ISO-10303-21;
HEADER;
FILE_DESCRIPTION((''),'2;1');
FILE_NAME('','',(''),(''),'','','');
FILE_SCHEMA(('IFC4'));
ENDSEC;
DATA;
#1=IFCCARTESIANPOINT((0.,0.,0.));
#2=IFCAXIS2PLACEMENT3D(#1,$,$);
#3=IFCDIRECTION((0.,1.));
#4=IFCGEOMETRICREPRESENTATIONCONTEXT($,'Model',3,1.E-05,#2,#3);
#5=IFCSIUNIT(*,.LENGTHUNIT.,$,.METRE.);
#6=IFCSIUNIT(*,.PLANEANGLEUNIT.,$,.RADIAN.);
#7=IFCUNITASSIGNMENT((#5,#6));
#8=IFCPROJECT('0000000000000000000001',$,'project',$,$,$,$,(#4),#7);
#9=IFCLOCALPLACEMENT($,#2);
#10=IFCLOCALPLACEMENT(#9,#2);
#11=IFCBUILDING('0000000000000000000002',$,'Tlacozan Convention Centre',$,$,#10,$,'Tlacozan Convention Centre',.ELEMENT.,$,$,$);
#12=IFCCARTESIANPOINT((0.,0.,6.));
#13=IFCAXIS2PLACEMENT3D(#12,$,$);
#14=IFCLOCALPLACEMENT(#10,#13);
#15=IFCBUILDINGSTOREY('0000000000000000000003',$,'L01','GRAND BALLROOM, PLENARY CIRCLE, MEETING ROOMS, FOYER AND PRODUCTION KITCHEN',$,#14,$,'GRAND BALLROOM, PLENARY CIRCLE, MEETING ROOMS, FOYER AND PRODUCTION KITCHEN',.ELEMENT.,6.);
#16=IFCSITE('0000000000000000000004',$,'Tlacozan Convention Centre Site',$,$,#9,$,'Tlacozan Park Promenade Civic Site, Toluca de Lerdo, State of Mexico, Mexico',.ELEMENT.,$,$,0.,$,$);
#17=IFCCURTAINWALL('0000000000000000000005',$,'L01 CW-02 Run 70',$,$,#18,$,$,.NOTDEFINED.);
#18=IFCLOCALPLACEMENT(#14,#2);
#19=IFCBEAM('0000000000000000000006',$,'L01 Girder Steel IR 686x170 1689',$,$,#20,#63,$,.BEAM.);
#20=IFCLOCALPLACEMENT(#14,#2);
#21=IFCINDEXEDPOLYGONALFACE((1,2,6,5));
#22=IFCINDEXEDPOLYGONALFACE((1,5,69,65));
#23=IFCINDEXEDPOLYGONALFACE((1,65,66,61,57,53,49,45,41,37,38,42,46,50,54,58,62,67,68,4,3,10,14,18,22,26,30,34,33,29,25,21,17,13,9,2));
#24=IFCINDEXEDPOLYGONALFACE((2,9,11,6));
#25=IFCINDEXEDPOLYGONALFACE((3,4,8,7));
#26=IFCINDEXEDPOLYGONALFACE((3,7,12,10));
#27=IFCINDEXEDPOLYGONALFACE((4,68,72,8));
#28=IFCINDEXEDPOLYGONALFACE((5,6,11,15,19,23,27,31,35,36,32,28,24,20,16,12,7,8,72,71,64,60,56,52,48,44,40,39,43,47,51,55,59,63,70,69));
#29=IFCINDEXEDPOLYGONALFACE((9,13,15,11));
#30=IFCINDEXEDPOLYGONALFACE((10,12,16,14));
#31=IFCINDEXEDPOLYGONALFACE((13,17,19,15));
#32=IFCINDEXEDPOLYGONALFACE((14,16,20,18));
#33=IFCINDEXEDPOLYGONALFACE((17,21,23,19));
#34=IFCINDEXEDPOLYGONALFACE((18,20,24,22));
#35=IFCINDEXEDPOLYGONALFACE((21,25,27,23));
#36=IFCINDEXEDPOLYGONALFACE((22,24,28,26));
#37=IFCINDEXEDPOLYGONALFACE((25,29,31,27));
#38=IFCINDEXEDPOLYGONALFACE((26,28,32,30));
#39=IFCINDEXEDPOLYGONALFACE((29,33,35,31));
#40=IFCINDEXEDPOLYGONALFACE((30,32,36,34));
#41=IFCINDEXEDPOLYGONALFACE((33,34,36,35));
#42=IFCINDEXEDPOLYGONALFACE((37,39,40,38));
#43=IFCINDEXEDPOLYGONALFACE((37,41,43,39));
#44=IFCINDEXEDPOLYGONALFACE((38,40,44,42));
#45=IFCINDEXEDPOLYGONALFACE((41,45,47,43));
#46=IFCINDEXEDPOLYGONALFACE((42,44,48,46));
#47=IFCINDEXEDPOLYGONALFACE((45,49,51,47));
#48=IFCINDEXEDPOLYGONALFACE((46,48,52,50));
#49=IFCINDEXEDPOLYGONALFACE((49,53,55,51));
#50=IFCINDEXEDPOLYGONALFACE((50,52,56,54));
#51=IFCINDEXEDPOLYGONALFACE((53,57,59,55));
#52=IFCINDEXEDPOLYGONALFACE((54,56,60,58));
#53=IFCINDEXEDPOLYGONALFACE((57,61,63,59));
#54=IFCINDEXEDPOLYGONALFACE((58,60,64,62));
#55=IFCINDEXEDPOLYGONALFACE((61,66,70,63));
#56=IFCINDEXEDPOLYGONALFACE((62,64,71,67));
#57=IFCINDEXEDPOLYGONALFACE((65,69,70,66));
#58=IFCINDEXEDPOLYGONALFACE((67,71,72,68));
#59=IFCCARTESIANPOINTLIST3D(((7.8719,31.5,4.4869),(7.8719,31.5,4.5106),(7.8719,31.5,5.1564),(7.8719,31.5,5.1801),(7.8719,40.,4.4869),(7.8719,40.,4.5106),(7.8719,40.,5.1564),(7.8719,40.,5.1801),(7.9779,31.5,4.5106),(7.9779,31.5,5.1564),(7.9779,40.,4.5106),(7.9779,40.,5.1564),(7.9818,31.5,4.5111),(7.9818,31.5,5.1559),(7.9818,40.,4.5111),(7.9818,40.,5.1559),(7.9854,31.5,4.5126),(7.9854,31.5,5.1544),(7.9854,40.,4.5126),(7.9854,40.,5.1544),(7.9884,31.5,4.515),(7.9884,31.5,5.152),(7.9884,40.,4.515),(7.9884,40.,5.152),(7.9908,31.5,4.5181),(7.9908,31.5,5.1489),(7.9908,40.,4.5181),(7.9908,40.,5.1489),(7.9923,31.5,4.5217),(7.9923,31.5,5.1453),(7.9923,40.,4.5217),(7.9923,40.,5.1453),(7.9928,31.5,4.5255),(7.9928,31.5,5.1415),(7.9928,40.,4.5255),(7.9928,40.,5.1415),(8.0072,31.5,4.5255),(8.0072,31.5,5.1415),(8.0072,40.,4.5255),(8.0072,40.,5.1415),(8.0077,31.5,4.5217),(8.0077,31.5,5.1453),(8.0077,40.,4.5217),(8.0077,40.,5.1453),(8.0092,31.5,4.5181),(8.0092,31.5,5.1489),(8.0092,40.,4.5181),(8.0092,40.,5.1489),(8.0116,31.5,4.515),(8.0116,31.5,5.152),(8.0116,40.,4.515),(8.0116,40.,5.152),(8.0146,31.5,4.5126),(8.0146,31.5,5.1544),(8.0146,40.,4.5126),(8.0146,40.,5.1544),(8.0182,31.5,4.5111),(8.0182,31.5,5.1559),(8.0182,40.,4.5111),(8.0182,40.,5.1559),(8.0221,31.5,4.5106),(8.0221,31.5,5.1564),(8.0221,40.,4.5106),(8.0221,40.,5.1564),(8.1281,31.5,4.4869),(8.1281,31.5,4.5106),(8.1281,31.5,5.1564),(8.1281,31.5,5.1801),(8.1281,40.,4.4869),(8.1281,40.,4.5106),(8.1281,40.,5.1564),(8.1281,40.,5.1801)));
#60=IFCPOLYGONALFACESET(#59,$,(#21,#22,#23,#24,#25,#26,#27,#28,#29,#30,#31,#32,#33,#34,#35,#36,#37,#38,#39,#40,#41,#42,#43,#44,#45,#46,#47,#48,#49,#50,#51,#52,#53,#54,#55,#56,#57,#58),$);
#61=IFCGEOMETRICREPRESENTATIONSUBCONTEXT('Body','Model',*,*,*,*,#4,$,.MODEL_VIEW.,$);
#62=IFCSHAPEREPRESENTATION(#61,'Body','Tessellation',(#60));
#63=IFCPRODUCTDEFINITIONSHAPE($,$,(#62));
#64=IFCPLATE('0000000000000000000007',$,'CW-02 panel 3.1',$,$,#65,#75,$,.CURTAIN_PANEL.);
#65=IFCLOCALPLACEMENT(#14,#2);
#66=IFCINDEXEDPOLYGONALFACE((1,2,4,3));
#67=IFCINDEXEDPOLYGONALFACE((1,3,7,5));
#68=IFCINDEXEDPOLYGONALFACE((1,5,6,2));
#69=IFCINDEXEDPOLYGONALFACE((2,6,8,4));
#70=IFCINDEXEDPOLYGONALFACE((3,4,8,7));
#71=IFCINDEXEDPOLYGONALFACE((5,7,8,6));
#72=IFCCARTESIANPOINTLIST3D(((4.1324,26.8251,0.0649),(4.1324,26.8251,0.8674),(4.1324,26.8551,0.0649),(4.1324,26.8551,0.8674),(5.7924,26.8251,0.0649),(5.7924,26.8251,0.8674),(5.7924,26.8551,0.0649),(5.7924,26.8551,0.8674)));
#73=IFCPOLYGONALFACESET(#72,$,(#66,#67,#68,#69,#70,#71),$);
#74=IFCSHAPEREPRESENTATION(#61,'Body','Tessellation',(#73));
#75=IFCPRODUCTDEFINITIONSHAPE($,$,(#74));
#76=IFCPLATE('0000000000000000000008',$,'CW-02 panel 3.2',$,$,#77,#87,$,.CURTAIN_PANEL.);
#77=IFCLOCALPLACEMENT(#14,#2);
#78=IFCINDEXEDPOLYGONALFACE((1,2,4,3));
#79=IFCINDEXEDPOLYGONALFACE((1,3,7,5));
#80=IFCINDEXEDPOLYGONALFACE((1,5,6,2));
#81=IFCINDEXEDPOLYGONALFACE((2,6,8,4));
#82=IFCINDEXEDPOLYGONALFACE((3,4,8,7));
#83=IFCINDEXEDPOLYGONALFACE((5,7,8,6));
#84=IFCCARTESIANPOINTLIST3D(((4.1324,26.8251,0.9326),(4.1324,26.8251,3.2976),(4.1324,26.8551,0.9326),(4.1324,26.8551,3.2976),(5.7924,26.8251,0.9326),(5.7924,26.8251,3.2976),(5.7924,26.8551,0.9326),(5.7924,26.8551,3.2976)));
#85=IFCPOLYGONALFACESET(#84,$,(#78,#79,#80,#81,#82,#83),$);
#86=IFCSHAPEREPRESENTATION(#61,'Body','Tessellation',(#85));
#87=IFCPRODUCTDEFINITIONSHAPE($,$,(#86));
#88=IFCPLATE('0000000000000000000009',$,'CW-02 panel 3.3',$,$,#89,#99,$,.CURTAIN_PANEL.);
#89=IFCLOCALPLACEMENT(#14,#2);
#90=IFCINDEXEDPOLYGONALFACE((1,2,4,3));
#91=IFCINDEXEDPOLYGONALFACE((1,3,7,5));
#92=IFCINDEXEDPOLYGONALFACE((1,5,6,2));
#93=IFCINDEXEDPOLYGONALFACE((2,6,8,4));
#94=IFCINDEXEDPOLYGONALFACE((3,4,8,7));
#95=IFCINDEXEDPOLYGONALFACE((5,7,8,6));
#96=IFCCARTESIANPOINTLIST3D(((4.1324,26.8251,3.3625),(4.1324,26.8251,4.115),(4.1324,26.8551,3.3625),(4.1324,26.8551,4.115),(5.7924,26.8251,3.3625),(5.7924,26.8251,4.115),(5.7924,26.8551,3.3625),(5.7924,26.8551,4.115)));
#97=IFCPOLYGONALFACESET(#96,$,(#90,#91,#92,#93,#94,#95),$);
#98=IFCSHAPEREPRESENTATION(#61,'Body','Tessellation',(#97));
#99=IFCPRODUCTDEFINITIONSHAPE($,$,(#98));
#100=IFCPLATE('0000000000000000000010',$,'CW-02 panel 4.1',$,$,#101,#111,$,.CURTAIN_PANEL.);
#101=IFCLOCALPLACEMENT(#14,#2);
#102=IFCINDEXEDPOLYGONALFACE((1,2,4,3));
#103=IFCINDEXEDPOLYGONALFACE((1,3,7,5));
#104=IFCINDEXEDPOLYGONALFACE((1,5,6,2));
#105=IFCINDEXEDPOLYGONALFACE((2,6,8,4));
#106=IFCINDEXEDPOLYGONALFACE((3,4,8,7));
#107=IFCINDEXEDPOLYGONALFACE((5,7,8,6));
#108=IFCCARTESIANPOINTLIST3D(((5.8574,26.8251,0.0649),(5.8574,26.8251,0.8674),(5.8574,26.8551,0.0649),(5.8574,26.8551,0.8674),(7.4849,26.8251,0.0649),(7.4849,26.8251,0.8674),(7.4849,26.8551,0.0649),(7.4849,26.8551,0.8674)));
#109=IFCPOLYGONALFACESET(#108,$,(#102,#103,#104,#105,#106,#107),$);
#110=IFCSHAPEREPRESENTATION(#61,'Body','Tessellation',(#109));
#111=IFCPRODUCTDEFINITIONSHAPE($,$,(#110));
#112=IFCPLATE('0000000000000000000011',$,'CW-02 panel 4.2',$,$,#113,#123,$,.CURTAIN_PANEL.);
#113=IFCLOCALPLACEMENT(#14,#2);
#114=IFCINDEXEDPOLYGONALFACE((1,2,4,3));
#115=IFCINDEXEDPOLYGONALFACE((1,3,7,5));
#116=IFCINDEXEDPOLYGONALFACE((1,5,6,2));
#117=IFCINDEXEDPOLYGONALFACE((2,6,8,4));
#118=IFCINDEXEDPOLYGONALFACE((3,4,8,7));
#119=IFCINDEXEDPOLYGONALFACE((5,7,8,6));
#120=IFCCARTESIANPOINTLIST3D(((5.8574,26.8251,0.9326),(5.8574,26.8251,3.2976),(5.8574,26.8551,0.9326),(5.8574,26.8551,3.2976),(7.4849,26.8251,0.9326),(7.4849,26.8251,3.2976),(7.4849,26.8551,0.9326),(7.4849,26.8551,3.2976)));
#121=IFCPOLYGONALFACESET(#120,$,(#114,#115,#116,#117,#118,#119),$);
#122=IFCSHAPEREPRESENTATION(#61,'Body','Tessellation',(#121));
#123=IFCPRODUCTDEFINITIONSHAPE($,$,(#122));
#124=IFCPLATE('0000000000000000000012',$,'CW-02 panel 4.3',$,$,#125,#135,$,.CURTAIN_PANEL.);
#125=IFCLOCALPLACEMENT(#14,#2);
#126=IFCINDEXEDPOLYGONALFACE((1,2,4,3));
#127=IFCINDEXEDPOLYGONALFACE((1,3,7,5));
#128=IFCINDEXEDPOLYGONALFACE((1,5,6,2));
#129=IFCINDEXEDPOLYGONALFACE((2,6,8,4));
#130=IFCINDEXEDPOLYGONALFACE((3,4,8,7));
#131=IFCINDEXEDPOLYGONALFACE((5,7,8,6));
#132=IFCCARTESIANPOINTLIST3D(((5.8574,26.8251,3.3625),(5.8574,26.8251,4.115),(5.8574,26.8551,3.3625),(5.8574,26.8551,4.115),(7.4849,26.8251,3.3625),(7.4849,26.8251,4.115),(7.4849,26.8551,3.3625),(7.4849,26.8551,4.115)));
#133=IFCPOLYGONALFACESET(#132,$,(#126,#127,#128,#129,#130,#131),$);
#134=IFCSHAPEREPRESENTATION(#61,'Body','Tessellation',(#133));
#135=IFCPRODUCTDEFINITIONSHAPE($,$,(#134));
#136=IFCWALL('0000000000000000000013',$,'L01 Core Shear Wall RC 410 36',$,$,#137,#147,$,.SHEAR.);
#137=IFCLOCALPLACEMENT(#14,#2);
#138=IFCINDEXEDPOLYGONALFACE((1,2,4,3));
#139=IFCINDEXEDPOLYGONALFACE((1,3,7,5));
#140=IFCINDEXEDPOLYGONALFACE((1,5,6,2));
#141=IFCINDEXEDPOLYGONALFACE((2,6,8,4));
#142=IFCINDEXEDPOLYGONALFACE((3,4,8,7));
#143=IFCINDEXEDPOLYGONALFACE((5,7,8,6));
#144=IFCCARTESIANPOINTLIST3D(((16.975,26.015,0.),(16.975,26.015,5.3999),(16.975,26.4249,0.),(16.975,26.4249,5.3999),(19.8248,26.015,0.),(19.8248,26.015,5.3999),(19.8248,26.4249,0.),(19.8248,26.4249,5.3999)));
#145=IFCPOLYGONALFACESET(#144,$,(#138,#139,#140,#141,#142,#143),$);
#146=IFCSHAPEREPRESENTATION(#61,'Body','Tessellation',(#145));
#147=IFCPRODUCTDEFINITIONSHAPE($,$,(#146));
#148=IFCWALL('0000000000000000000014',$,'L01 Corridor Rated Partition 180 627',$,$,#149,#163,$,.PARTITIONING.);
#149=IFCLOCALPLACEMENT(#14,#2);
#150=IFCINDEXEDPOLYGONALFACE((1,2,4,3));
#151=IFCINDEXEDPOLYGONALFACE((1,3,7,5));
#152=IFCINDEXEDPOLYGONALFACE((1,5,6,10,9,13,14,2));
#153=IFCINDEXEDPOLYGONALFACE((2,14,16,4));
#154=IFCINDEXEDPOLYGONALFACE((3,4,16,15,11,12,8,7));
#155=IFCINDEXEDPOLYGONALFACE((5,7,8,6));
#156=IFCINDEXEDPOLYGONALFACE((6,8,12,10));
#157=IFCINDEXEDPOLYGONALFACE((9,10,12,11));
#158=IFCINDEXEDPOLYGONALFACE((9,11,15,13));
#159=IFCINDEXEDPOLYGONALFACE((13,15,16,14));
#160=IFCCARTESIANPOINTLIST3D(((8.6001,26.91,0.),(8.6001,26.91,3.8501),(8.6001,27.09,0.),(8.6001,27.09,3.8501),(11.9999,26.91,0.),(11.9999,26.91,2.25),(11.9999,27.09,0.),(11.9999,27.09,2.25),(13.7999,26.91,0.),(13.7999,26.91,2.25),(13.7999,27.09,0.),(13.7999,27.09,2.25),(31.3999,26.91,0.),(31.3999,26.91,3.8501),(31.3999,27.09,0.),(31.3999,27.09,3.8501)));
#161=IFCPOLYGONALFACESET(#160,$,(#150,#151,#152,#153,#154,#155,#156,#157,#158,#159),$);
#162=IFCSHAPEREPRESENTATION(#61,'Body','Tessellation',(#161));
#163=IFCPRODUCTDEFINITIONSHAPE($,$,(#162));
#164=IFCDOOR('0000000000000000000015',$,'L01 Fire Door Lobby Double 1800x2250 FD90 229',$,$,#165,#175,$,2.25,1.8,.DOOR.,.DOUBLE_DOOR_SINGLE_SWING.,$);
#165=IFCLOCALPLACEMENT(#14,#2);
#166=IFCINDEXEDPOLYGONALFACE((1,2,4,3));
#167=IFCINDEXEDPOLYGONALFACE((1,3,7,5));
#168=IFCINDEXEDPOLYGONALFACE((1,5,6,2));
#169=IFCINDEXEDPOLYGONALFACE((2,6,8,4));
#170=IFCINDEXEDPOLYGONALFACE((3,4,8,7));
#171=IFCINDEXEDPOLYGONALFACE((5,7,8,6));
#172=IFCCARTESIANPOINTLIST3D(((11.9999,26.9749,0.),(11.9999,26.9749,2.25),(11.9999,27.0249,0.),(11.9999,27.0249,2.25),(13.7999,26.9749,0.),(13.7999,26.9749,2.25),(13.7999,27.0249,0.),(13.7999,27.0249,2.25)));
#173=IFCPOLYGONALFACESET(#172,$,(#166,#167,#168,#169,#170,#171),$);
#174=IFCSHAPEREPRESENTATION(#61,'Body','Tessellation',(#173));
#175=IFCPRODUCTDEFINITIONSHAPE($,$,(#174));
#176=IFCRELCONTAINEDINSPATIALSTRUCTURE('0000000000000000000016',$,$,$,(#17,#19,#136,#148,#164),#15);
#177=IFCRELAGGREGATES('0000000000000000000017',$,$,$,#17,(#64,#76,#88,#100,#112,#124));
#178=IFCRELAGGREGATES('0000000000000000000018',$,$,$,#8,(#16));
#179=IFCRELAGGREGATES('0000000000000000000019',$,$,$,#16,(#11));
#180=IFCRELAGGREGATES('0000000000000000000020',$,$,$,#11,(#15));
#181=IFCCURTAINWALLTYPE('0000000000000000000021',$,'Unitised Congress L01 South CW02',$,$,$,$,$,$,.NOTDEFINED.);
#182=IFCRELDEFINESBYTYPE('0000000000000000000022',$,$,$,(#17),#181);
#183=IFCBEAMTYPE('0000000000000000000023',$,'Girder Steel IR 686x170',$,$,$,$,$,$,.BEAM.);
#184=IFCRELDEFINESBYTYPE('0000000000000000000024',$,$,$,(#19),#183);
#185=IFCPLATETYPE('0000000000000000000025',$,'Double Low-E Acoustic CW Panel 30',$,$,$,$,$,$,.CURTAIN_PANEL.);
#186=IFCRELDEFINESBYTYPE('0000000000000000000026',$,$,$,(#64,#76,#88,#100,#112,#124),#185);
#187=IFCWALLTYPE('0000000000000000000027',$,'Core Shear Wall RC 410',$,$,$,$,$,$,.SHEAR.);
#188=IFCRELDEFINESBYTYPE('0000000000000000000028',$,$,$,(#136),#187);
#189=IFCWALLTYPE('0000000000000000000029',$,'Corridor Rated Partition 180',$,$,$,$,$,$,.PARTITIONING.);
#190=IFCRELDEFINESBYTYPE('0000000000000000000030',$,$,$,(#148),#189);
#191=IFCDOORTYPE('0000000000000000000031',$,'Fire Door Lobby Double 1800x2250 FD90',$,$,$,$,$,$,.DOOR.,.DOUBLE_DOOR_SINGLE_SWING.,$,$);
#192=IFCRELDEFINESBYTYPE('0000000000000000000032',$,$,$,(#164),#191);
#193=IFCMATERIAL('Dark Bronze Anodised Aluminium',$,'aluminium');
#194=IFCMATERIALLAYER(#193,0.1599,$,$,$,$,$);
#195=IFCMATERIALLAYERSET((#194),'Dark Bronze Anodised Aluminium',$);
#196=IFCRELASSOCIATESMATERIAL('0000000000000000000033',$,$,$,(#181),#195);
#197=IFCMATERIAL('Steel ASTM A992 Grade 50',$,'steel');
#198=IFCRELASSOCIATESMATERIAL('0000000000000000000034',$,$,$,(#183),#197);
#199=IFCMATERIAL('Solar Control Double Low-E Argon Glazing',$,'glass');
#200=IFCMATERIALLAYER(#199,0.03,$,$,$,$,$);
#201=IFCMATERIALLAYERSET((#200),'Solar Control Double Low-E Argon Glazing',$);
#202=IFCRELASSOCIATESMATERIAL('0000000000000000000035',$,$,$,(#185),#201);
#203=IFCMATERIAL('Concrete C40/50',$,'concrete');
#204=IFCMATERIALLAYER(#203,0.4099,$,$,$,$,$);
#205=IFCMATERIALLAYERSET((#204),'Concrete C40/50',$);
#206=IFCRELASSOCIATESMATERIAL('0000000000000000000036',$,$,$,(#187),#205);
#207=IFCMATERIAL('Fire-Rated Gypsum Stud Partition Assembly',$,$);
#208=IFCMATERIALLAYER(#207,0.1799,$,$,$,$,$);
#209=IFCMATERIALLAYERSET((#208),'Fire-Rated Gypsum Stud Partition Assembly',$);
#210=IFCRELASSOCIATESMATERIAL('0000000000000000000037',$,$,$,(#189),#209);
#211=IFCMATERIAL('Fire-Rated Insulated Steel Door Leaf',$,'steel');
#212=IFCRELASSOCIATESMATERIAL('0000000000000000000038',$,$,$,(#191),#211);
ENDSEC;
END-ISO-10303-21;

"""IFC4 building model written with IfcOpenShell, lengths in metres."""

from ifc_helpers import new_model, si_unit, direction, frame, frame_2d, origin, origin_2d, place, context, subcontext, project, spatial, rectangle, i_section, extrude, material, layer, layer_set, material_profile, profile_set, type_object, element, fill, aggregate, save


model = new_model("IFC4")

# Units and contexts
model_context = context("Model", 3, precision=1e-05, world=origin(), true_north=direction((0.0, 1.0)))
body_context = subcontext(model_context, "Body", "Model", "MODEL_VIEW")
ifc_project = project(units=[si_unit("LENGTHUNIT", "METRE"), si_unit("PLANEANGLEUNIT", "RADIAN")], contexts=[model_context])

# Site, building, storey
site_placement = place(None, origin())
site = spatial("IfcSite", under=ifc_project, at=site_placement, Name="Tlacozan Convention Centre Site", LongName="Tlacozan Park Promenade Civic Site, Toluca de Lerdo, State of Mexico, Mexico", CompositionType="ELEMENT", RefElevation=0.0)
building_placement = place(site_placement, origin())
building = spatial("IfcBuilding", under=site, at=building_placement, Name="Tlacozan Convention Centre", LongName="Tlacozan Convention Centre", CompositionType="ELEMENT")
storey_placement = place(building_placement, frame((0.0, 0.0, 6.0)))
storey = spatial("IfcBuildingStorey", under=building, at=storey_placement, Name="L01", Description="GRAND BALLROOM, PLENARY CIRCLE, MEETING ROOMS, FOYER AND PRODUCTION KITCHEN", LongName="GRAND BALLROOM, PLENARY CIRCLE, MEETING ROOMS, FOYER AND PRODUCTION KITCHEN", CompositionType="ELEMENT", Elevation=6.0)

# Shared definitions
ifc_material_1 = material(Name="Concrete C40/50", Category="concrete")

# Shared definitions
ifc_material_2 = material(Name="Steel ASTM A992 Grade 50", Category="steel")

# Curtain wall
ifc_material_3 = material(Name="Dark Bronze Anodised Aluminium", Category="aluminium")
ifc_layer_1 = layer(ifc_material_3, 0.1599)
ifc_layer_set_1 = layer_set([ifc_layer_1], Name="Dark Bronze Anodised Aluminium")
curtain_wall_type = type_object("IfcCurtainWallType", Name="Unitised Congress L01 South CW02", PredefinedType="NOTDEFINED", material=ifc_layer_set_1)
curtain_wall_placement = place(storey_placement, origin())
curtain_wall = element("IfcCurtainWall", 1, at=curtain_wall_placement, inside=storey, type_object=curtain_wall_type, Name="L01 CW-02 Run 70", PredefinedType="NOTDEFINED")

# Beam
ifc_material_profile_1 = material_profile(ifc_material_2, i_section(OverallWidth=0.2561, OverallDepth=0.6931, WebThickness=0.0144, FlangeThickness=0.0237, FilletRadius=0.0149, at=origin_2d()), Name="IR 686x170.0")
ifc_profile_set_1 = profile_set([ifc_material_profile_1], Name="Steel ASTM A992 Grade 50")
beam_type_1 = type_object("IfcBeamType", Name="Girder Steel IR 686x170", PredefinedType="BEAM", material=ifc_profile_set_1)
beam_1_placement = place(storey_placement, frame((8.0, 31.5, 4.8335), z_axis=(0.0, 1.0, 0.0), x_axis=(-1.0, 0.0, 0.0)))
element("IfcBeam", 2, at=beam_1_placement, inside=storey, type_object=beam_type_1, Name="L01 Girder Steel IR 686x170 1689", PredefinedType="BEAM", context=body_context, shape_type="SweptSolid", body=[
    extrude(i_section(OverallWidth=0.2561, OverallDepth=0.6931, WebThickness=0.0144, FlangeThickness=0.0237, FilletRadius=0.0149, at=origin_2d()), origin(), (0.0, 0.0, 1.0), 8.5),
])

# Plates
ifc_material_4 = material(Name="Solar Control Double Low-E Argon Glazing", Category="glass")
ifc_layer_2 = layer(ifc_material_4, 0.03)
ifc_layer_set_2 = layer_set([ifc_layer_2], Name="Solar Control Double Low-E Argon Glazing")
plate_type = type_object("IfcPlateType", Name="Double Low-E Acoustic CW Panel 30", PredefinedType="CURTAIN_PANEL", material=ifc_layer_set_2)
plate_1_placement = place(storey_placement, frame((4.9624, 26.8401, 0.0649), z_axis=(0.0, 0.0, 1.0), x_axis=(1.0, 0.0, 0.0)))
plate_1 = element("IfcPlate", 3, at=plate_1_placement, type_object=plate_type, Name="CW-02 panel 3.1", PredefinedType="CURTAIN_PANEL", context=body_context, shape_type="SweptSolid", body=[
    extrude(rectangle(XDim=1.6599, YDim=0.03, at=origin_2d()), origin(), (0.0, 0.0, 1.0), 0.8025),
])
plate_2_placement = place(storey_placement, frame((4.9624, 26.8401, 0.9326), z_axis=(0.0, 0.0, 1.0), x_axis=(1.0, 0.0, 0.0)))
plate_2 = element("IfcPlate", 4, at=plate_2_placement, type_object=plate_type, Name="CW-02 panel 3.2", PredefinedType="CURTAIN_PANEL", context=body_context, shape_type="SweptSolid", body=[
    extrude(rectangle(XDim=1.6599, YDim=0.03, at=origin_2d()), origin(), (0.0, 0.0, 1.0), 2.365),
])
plate_3_placement = place(storey_placement, frame((4.9624, 26.8401, 3.3625), z_axis=(0.0, 0.0, 1.0), x_axis=(1.0, 0.0, 0.0)))
plate_3 = element("IfcPlate", 5, at=plate_3_placement, type_object=plate_type, Name="CW-02 panel 3.3", PredefinedType="CURTAIN_PANEL", context=body_context, shape_type="SweptSolid", body=[
    extrude(rectangle(XDim=1.6599, YDim=0.03, at=origin_2d()), origin(), (0.0, 0.0, 1.0), 0.7524),
])
plate_4_placement = place(storey_placement, frame((6.6711, 26.8401, 0.0649), z_axis=(0.0, 0.0, 1.0), x_axis=(1.0, 0.0, 0.0)))
plate_4 = element("IfcPlate", 6, at=plate_4_placement, type_object=plate_type, Name="CW-02 panel 4.1", PredefinedType="CURTAIN_PANEL", context=body_context, shape_type="SweptSolid", body=[
    extrude(rectangle(XDim=1.6274, YDim=0.03, at=origin_2d()), origin(), (0.0, 0.0, 1.0), 0.8025),
])
plate_5_placement = place(storey_placement, frame((6.6711, 26.8401, 0.9326), z_axis=(0.0, 0.0, 1.0), x_axis=(1.0, 0.0, 0.0)))
plate_5 = element("IfcPlate", 7, at=plate_5_placement, type_object=plate_type, Name="CW-02 panel 4.2", PredefinedType="CURTAIN_PANEL", context=body_context, shape_type="SweptSolid", body=[
    extrude(rectangle(XDim=1.6274, YDim=0.03, at=origin_2d()), origin(), (0.0, 0.0, 1.0), 2.365),
])
plate_6_placement = place(storey_placement, frame((6.6711, 26.8401, 3.3625), z_axis=(0.0, 0.0, 1.0), x_axis=(1.0, 0.0, 0.0)))
plate_6 = element("IfcPlate", 8, at=plate_6_placement, type_object=plate_type, Name="CW-02 panel 4.3", PredefinedType="CURTAIN_PANEL", context=body_context, shape_type="SweptSolid", body=[
    extrude(rectangle(XDim=1.6274, YDim=0.03, at=origin_2d()), origin(), (0.0, 0.0, 1.0), 0.7524),
])
aggregate(curtain_wall, [plate_1, plate_2, plate_3, plate_4, plate_5, plate_6])

# Wall
ifc_layer_3 = layer(ifc_material_1, 0.4099)
ifc_layer_set_3 = layer_set([ifc_layer_3], Name="Concrete C40/50")
wall_type_1 = type_object("IfcWallType", Name="Core Shear Wall RC 410", PredefinedType="SHEAR", material=ifc_layer_set_3)
wall_1_placement = place(storey_placement, frame((16.9751, 26.22, 0.0), z_axis=(0.0, 0.0, 1.0), x_axis=(1.0, 0.0, 0.0)))
element("IfcWall", 9, at=wall_1_placement, inside=storey, type_object=wall_type_1, Name="L01 Core Shear Wall RC 410 36", PredefinedType="SHEAR", context=body_context, shape_type="SweptSolid", body=[
    extrude(rectangle(XDim=2.8499, YDim=0.4099, at=frame_2d((1.4248, 0.0))), origin(), (0.0, 0.0, 1.0), 5.3999),
])

# Wall, opening, door
ifc_material_5 = material(Name="Fire-Rated Gypsum Stud Partition Assembly")
ifc_layer_4 = layer(ifc_material_5, 0.1799)
ifc_layer_set_4 = layer_set([ifc_layer_4], Name="Fire-Rated Gypsum Stud Partition Assembly")
wall_type_2 = type_object("IfcWallType", Name="Corridor Rated Partition 180", PredefinedType="PARTITIONING", material=ifc_layer_set_4)
wall_2_placement = place(storey_placement, frame((8.6001, 27.0, 0.0), z_axis=(0.0, 0.0, 1.0), x_axis=(1.0, 0.0, 0.0)))
wall_2 = element("IfcWall", 10, at=wall_2_placement, inside=storey, type_object=wall_type_2, Name="L01 Corridor Rated Partition 180 627", PredefinedType="PARTITIONING", context=body_context, shape_type="SweptSolid", body=[
    extrude(rectangle(XDim=22.7998, YDim=0.1799, at=frame_2d((11.3999, 0.0))), origin(), (0.0, 0.0, 1.0), 3.8501),
])
opening_1_placement = place(wall_2_placement, frame((3.3999, 0.0, 0.0)))
opening_1 = element("IfcOpeningElement", 11, at=opening_1_placement, cuts=wall_2, PredefinedType="OPENING", context=body_context, shape_type="SweptSolid", body=[
    extrude(rectangle(XDim=1.8, YDim=2.25, at=frame_2d((0.8999, 1.125))), frame((0.0, 0.0999, 0.0), z_axis=(0.0, -1.0, 0.0), x_axis=(1.0, 0.0, 0.0)), (0.0, 0.0, 1.0), 0.2),
])
ifc_material_6 = material(Name="Fire-Rated Insulated Steel Door Leaf", Category="steel")
door_type = type_object("IfcDoorType", Name="Fire Door Lobby Double 1800x2250 FD90", OperationType="DOUBLE_DOOR_SINGLE_SWING", PredefinedType="DOOR", material=ifc_material_6)
door_placement = place(opening_1_placement, origin())
door = element("IfcDoor", 12, at=door_placement, inside=storey, type_object=door_type, Name="L01 Fire Door Lobby Double 1800x2250 FD90 229", OperationType="DOUBLE_DOOR_SINGLE_SWING", OverallHeight=2.25, OverallWidth=1.8, PredefinedType="DOOR", context=body_context, shape_type="SweptSolid", body=[
    extrude(rectangle(XDim=1.8, YDim=2.25, at=frame_2d((0.8999, 1.125))), frame((0.0, 0.0249, 0.0), z_axis=(0.0, -1.0, 0.0), x_axis=(1.0, 0.0, 0.0)), (0.0, 0.0, 1.0), 0.05),
])
fill(opening_1, door)

save(model, "model.ifc")
